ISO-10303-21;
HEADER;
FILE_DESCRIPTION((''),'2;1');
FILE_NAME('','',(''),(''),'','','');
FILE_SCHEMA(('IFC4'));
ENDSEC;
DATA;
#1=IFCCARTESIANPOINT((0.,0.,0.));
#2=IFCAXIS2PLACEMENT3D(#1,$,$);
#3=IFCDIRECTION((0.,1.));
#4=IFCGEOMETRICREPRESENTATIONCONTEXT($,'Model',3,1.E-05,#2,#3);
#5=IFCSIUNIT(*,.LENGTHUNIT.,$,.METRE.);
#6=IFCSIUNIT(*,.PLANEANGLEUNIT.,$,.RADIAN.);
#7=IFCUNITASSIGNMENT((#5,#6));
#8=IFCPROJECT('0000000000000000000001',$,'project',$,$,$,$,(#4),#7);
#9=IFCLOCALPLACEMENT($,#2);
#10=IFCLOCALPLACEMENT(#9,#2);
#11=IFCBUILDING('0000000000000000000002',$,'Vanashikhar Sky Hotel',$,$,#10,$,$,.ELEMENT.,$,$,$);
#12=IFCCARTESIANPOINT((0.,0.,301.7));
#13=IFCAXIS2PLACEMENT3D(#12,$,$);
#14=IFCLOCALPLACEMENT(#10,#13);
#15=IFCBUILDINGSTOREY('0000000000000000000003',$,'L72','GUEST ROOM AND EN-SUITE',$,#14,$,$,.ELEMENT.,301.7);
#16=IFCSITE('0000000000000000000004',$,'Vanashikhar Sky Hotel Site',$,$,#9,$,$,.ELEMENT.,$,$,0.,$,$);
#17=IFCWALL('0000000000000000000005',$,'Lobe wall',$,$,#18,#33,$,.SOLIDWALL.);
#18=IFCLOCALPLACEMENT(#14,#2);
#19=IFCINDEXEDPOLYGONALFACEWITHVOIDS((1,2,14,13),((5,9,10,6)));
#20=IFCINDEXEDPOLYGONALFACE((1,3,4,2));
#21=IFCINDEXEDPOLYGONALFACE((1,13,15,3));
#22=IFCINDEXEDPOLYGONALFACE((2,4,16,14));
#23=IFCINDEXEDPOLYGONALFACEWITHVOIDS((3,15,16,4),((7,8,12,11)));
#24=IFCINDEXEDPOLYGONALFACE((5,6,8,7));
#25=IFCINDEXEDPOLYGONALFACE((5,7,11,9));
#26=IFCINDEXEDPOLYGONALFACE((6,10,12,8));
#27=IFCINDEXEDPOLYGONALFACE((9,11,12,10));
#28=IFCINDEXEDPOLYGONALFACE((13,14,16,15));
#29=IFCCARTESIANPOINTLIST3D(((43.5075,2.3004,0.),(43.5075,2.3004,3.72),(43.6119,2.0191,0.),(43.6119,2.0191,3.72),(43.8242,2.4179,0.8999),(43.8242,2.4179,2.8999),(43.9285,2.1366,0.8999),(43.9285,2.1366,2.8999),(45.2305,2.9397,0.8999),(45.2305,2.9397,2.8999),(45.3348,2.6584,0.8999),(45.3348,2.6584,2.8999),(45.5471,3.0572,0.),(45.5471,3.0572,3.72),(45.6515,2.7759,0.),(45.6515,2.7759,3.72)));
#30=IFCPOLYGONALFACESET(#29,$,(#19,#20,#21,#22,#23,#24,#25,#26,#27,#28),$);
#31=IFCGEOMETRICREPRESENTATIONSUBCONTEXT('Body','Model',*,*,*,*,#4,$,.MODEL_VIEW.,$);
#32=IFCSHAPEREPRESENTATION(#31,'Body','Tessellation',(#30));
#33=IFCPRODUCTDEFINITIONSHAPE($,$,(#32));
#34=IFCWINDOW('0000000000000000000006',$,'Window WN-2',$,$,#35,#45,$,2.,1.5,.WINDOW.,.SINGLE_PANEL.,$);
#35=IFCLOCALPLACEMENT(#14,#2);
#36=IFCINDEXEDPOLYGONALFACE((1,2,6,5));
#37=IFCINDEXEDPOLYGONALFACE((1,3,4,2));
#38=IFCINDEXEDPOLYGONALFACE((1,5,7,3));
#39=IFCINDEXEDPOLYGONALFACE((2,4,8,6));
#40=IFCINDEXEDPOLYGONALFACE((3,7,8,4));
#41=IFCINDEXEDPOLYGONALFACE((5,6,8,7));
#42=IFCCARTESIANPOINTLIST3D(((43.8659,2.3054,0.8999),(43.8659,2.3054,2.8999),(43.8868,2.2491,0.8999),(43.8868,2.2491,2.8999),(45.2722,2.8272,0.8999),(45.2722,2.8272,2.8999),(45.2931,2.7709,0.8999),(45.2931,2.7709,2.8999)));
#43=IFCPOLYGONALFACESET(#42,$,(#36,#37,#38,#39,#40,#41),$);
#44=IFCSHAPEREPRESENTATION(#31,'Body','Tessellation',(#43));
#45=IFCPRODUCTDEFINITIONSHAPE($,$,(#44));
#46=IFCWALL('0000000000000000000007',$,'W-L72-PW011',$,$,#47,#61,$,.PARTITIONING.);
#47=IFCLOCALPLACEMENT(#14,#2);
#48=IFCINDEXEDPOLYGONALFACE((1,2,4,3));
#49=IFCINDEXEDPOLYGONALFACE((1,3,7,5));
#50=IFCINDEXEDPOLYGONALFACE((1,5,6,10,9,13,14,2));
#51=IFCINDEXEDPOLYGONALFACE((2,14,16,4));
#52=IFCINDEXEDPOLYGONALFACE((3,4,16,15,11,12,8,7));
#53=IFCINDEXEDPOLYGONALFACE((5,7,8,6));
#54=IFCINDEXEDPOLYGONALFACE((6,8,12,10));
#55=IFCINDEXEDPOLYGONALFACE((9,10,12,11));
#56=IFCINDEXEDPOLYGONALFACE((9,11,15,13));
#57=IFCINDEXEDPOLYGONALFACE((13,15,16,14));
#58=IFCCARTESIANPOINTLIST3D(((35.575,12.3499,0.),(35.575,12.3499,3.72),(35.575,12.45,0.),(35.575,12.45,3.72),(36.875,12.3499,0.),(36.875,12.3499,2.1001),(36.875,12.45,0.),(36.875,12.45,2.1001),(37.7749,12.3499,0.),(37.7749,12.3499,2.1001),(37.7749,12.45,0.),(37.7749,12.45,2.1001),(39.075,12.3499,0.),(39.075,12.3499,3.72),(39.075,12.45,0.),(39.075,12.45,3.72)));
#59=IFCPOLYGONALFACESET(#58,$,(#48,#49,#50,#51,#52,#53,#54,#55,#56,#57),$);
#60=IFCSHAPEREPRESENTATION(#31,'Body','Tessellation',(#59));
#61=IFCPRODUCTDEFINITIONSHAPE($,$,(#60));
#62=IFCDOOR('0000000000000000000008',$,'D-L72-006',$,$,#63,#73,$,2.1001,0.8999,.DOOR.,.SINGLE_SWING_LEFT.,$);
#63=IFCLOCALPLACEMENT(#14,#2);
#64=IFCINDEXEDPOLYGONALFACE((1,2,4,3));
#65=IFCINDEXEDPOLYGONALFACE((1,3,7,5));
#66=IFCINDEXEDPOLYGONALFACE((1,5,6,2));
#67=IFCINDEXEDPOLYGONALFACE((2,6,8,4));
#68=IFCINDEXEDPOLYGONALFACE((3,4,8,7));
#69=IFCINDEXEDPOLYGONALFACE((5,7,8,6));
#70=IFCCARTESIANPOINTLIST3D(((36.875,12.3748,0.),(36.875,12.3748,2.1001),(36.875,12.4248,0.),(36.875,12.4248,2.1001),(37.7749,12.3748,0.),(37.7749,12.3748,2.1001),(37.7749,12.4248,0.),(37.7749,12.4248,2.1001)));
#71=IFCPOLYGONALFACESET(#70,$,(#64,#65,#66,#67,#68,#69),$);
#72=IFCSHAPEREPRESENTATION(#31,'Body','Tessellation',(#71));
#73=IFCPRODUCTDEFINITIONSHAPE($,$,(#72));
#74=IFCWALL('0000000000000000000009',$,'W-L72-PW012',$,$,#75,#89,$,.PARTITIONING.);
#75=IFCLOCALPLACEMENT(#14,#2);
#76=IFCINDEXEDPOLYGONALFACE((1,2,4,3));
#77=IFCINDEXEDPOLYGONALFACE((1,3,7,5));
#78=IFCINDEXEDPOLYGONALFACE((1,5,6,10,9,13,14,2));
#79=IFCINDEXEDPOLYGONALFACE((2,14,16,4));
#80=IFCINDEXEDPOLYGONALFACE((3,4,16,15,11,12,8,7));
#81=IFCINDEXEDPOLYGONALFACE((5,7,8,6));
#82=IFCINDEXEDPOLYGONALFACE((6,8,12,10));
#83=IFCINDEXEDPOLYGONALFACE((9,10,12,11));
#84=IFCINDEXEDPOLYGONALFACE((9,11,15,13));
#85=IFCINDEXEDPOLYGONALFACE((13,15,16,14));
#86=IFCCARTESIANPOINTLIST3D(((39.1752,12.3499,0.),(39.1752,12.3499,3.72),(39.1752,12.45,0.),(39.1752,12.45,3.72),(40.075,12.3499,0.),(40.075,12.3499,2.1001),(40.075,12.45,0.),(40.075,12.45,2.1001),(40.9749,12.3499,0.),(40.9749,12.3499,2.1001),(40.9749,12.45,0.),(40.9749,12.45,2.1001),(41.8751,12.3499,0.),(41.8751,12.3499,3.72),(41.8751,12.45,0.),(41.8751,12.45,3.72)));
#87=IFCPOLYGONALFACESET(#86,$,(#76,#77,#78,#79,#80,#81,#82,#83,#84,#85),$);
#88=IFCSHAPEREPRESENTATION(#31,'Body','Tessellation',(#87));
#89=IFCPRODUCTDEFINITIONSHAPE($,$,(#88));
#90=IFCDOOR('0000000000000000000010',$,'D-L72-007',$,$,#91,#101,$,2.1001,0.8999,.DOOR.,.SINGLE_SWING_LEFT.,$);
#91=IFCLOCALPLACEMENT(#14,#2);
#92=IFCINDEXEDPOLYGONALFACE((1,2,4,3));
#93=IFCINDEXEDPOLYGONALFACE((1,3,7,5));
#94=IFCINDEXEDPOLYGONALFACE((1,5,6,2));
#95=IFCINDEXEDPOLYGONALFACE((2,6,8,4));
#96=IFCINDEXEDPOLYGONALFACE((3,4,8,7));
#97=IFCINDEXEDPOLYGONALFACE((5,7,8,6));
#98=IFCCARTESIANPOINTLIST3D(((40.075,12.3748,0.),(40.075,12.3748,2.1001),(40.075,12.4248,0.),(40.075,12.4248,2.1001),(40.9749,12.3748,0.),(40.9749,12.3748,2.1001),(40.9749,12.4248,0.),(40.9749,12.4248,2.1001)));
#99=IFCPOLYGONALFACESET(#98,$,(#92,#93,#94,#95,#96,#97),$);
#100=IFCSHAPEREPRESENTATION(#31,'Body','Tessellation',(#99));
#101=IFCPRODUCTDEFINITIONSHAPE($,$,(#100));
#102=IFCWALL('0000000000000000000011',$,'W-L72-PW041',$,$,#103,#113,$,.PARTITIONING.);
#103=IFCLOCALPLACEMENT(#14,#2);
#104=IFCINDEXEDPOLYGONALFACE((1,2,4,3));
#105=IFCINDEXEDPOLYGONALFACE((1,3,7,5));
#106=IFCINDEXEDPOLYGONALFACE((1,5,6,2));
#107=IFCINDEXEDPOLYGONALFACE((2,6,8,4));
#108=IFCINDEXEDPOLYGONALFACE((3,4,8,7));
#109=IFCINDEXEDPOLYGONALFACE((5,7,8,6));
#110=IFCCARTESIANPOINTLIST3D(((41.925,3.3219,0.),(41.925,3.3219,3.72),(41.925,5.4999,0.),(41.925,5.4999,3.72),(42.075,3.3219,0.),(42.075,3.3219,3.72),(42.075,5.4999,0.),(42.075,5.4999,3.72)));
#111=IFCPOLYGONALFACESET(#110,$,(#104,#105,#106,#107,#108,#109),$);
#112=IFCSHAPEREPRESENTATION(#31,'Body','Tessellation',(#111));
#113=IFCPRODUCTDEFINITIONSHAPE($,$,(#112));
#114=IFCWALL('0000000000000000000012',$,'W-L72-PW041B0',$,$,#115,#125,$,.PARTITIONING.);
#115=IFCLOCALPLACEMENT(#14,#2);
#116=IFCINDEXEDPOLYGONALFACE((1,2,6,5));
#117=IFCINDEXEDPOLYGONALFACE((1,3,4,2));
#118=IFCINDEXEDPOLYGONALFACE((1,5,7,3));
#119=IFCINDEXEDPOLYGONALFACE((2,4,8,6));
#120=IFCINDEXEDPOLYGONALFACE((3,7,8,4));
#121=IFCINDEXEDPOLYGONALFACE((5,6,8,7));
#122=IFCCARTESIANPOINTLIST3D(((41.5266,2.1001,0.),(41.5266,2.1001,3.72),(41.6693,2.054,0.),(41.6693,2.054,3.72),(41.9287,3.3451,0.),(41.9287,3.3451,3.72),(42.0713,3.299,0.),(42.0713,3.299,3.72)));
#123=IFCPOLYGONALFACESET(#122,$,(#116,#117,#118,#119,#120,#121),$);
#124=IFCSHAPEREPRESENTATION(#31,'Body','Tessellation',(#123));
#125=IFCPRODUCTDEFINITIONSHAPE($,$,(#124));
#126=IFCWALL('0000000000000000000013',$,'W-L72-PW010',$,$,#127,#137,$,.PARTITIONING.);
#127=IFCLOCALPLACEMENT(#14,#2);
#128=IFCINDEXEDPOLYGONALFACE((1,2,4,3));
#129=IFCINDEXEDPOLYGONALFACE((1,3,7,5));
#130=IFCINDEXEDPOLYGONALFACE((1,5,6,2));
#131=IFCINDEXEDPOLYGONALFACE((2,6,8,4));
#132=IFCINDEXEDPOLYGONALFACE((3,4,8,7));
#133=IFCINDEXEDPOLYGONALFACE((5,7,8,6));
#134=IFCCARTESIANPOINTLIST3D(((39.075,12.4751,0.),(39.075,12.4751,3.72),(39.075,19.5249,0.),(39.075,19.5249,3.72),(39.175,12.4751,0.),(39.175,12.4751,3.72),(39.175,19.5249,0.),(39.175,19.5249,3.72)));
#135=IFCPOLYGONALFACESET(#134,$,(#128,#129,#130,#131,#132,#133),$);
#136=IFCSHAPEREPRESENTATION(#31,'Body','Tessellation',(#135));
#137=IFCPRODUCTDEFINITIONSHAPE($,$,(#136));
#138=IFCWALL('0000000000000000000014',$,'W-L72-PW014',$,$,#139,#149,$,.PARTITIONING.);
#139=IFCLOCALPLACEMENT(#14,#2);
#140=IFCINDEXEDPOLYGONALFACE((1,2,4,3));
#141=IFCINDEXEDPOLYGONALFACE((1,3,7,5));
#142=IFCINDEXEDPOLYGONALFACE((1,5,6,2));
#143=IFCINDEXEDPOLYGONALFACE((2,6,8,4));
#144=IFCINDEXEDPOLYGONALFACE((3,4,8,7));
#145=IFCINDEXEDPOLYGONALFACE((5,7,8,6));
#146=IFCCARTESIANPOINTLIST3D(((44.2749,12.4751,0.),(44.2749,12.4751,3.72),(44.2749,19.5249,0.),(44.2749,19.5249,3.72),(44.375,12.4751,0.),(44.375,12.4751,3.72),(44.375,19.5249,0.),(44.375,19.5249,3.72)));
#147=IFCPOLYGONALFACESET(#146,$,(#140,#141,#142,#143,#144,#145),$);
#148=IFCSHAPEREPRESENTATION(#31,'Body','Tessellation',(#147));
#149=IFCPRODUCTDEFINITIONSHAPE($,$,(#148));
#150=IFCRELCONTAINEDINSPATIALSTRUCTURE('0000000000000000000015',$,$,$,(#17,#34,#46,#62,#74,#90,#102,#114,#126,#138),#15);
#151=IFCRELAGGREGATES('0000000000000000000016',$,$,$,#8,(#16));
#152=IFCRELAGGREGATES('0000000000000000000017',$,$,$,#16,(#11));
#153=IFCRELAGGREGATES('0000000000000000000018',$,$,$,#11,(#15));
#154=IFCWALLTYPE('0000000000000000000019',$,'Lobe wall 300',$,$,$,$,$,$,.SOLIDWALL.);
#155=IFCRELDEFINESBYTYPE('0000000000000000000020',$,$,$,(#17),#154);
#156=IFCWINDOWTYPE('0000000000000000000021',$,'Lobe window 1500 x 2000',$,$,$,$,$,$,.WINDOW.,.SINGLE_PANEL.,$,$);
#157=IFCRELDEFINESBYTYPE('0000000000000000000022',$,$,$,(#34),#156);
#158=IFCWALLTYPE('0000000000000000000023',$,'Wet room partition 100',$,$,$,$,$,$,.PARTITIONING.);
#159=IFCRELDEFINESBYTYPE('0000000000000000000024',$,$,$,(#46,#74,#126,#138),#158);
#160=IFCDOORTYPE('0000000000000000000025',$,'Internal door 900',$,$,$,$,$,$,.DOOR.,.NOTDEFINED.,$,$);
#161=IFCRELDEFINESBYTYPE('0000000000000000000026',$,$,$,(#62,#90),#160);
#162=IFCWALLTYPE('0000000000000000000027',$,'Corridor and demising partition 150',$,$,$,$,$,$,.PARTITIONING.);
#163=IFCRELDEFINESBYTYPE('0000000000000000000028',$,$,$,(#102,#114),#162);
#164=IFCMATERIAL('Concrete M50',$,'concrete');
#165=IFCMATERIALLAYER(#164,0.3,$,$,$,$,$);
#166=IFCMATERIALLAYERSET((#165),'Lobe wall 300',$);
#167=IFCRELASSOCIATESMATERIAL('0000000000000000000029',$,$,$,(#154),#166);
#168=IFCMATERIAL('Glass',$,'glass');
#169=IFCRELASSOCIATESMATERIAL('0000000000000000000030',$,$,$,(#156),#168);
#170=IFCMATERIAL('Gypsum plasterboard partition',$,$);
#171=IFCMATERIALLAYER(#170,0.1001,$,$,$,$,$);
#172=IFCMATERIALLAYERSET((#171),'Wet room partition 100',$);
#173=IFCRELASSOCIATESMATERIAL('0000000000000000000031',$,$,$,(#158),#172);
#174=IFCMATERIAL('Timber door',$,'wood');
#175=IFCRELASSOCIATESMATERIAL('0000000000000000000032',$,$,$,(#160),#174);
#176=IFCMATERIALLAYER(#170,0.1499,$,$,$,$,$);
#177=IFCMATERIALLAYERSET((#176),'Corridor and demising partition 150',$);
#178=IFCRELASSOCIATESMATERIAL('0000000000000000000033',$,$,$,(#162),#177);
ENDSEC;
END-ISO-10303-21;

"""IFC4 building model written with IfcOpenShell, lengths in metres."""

from ifc_helpers import new_model, si_unit, direction, frame, frame_2d, origin, place, context, subcontext, project, spatial, rectangle, extrude, source, transform, mapped, material, layer, layer_set, type_object, element, fill, save


model = new_model("IFC4")

# Units and contexts
model_context = context("Model", 3, precision=1e-05, world=origin(), true_north=direction((0.0, 1.0)))
body_context = subcontext(model_context, "Body", "Model", "MODEL_VIEW")
ifc_project = project(units=[si_unit("LENGTHUNIT", "METRE"), si_unit("PLANEANGLEUNIT", "RADIAN")], contexts=[model_context])

# Site, building, storey
site_placement = place(None, origin())
site = spatial("IfcSite", under=ifc_project, at=site_placement, Name="Vanashikhar Sky Hotel Site", CompositionType="ELEMENT", RefElevation=0.0)
building_placement = place(site_placement, origin())
building = spatial("IfcBuilding", under=site, at=building_placement, Name="Vanashikhar Sky Hotel", CompositionType="ELEMENT")
storey_placement = place(building_placement, frame((0.0, 0.0, 301.7)))
storey = spatial("IfcBuildingStorey", under=building, at=storey_placement, Name="L72", Description="GUEST ROOM AND EN-SUITE", CompositionType="ELEMENT", Elevation=301.7)

# Shared definitions
ifc_material_1 = material(Name="Concrete M50", Category="concrete")

# Wall, opening, window
ifc_layer_1 = layer(ifc_material_1, 0.3)
ifc_layer_set_1 = layer_set([ifc_layer_1], Name="Lobe wall 300")
wall_type_1 = type_object("IfcWallType", Name="Lobe wall 300", PredefinedType="SOLIDWALL", material=ifc_layer_set_1)
shared_shape_1 = source(origin(), body_context, "Body", "SweptSolid", [
    extrude(rectangle(XDim=1.5, YDim=2.0, at=frame_2d((0.75, 1.0))), frame((0.0, 0.1602, 0.0), z_axis=(0.0, -1.0, 0.0), x_axis=(1.0, 0.0, 0.0)), (0.0, 0.0, 1.0), 0.3201),
])
ifc_material_2 = material(Name="Glass", Category="glass")
window_type = type_object("IfcWindowType", Name="Lobe window 1500 x 2000", PartitioningType="SINGLE_PANEL", PredefinedType="WINDOW", material=ifc_material_2)
shared_shape_2 = source(origin(), body_context, "Body", "SweptSolid", [
    extrude(rectangle(XDim=1.5, YDim=2.0, at=frame_2d((0.75, 1.0))), frame((0.0, 0.03, 0.0), z_axis=(0.0, -1.0, 0.0), x_axis=(1.0, 0.0, 0.0)), (0.0, 0.0, 1.0), 0.0601),
])
shared_shape_3 = source(origin(), body_context, "Body", "SweptSolid", [
    extrude(rectangle(XDim=2.1755, YDim=0.3, at=frame_2d((1.0879, 0.0))), origin(), (0.0, 0.0, 1.0), 3.72),
])
wall_1_placement = place(storey_placement, frame((43.5596, 2.1597, 0.0), z_axis=(0.0, 0.0, 1.0), x_axis=(0.937532, 0.347899, 0.0)))
wall_1 = element("IfcWall", 1, at=wall_1_placement, inside=storey, type_object=wall_type_1, Name="Lobe wall", PredefinedType="SOLIDWALL", context=body_context, shape_type="MappedRepresentation", body=[
    mapped(shared_shape_3, transform((0.0, 0.0, 0.0), scale=1.0)),
])
opening_1_placement = place(wall_1_placement, frame((0.3379, 0.0, 0.8999)))
opening_1 = element("IfcOpeningElement", 2, at=opening_1_placement, cuts=wall_1, PredefinedType="OPENING", context=body_context, shape_type="MappedRepresentation", body=[
    mapped(shared_shape_1, transform((0.0, 0.0, 0.0), scale=1.0)),
])
window_1_placement = place(opening_1_placement, origin())
window_1 = element("IfcWindow", 3, at=window_1_placement, inside=storey, type_object=window_type, Name="Window WN-2", OverallHeight=2.0, OverallWidth=1.5, PartitioningType="SINGLE_PANEL", PredefinedType="WINDOW", context=body_context, shape_type="MappedRepresentation", body=[
    mapped(shared_shape_2, transform((0.0, 0.0, 0.0), scale=1.0)),
])
fill(opening_1, window_1)

# Walls, openings, doors
ifc_material_3 = material(Name="Gypsum plasterboard partition")
ifc_layer_2 = layer(ifc_material_3, 0.1001)
ifc_layer_set_2 = layer_set([ifc_layer_2], Name="Wet room partition 100")
wall_type_2 = type_object("IfcWallType", Name="Wet room partition 100", PredefinedType="PARTITIONING", material=ifc_layer_set_2)
shared_shape_4 = source(origin(), body_context, "Body", "SweptSolid", [
    extrude(rectangle(XDim=3.5, YDim=0.1001, at=frame_2d((1.75, 0.0))), origin(), (0.0, 0.0, 1.0), 3.72),
])
wall_2_placement = place(storey_placement, frame((35.575, 12.3999, 0.0), z_axis=(0.0, 0.0, 1.0), x_axis=(1.0, 0.0, 0.0)))
wall_2 = element("IfcWall", 4, at=wall_2_placement, inside=storey, type_object=wall_type_2, Name="W-L72-PW011", PredefinedType="PARTITIONING", context=body_context, shape_type="MappedRepresentation", body=[
    mapped(shared_shape_4, transform((0.0, 0.0, 0.0), scale=1.0)),
])
shared_shape_5 = source(origin(), body_context, "Body", "SweptSolid", [
    extrude(rectangle(XDim=0.8999, YDim=2.1001, at=frame_2d((0.45, 1.05))), frame((0.0, 0.0601, 0.0), z_axis=(0.0, -1.0, 0.0), x_axis=(1.0, 0.0, 0.0)), (0.0, 0.0, 1.0), 0.1201),
])
opening_2_placement = place(wall_2_placement, frame((1.3, 0.0, 0.0)))
opening_2 = element("IfcOpeningElement", 5, at=opening_2_placement, cuts=wall_2, PredefinedType="OPENING", context=body_context, shape_type="MappedRepresentation", body=[
    mapped(shared_shape_5, transform((0.0, 0.0, 0.0), scale=1.0)),
])
ifc_material_4 = material(Name="Timber door", Category="wood")
door_type = type_object("IfcDoorType", Name="Internal door 900", OperationType="NOTDEFINED", PredefinedType="DOOR", material=ifc_material_4)
shared_shape_6 = source(origin(), body_context, "Body", "SweptSolid", [
    extrude(rectangle(XDim=0.8999, YDim=2.1001, at=frame_2d((0.45, 1.05))), frame((0.0, 0.0249, 0.0), z_axis=(0.0, -1.0, 0.0), x_axis=(1.0, 0.0, 0.0)), (0.0, 0.0, 1.0), 0.05),
])
door_1_placement = place(opening_2_placement, origin())
door_1 = element("IfcDoor", 6, at=door_1_placement, inside=storey, type_object=door_type, Name="D-L72-006", OperationType="SINGLE_SWING_LEFT", OverallHeight=2.1001, OverallWidth=0.8999, PredefinedType="DOOR", context=body_context, shape_type="MappedRepresentation", body=[
    mapped(shared_shape_6, transform((0.0, 0.0, 0.0), scale=1.0)),
])
fill(opening_2, door_1)
shared_shape_7 = source(origin(), body_context, "Body", "SweptSolid", [
    extrude(rectangle(XDim=2.7, YDim=0.1001, at=frame_2d((1.3501, 0.0))), origin(), (0.0, 0.0, 1.0), 3.72),
])
wall_3_placement = place(storey_placement, frame((39.175, 12.3999, 0.0), z_axis=(0.0, 0.0, 1.0), x_axis=(1.0, 0.0, 0.0)))
wall_3 = element("IfcWall", 7, at=wall_3_placement, inside=storey, type_object=wall_type_2, Name="W-L72-PW012", PredefinedType="PARTITIONING", context=body_context, shape_type="MappedRepresentation", body=[
    mapped(shared_shape_7, transform((0.0, 0.0, 0.0), scale=1.0)),
])
opening_3_placement = place(wall_3_placement, frame((0.8999, 0.0, 0.0)))
opening_3 = element("IfcOpeningElement", 8, at=opening_3_placement, cuts=wall_3, PredefinedType="OPENING", context=body_context, shape_type="MappedRepresentation", body=[
    mapped(shared_shape_5, transform((0.0, 0.0, 0.0), scale=1.0)),
])
door_2_placement = place(opening_3_placement, origin())
door_2 = element("IfcDoor", 9, at=door_2_placement, inside=storey, type_object=door_type, Name="D-L72-007", OperationType="SINGLE_SWING_LEFT", OverallHeight=2.1001, OverallWidth=0.8999, PredefinedType="DOOR", context=body_context, shape_type="MappedRepresentation", body=[
    mapped(shared_shape_6, transform((0.0, 0.0, 0.0), scale=1.0)),
])
fill(opening_3, door_2)

# Walls
ifc_layer_3 = layer(ifc_material_3, 0.1499)
ifc_layer_set_3 = layer_set([ifc_layer_3], Name="Corridor and demising partition 150")
wall_type_3 = type_object("IfcWallType", Name="Corridor and demising partition 150", PredefinedType="PARTITIONING", material=ifc_layer_set_3)
shared_shape_8 = source(origin(), body_context, "Body", "SweptSolid", [
    extrude(rectangle(XDim=2.178, YDim=0.1499, at=frame_2d((1.0889, 0.0))), origin(), (0.0, 0.0, 1.0), 3.72),
])
wall_4_placement = place(storey_placement, frame((42.0, 3.322, 0.0), z_axis=(0.0, 0.0, 1.0), x_axis=(0.0, 1.0, 0.0)))
element("IfcWall", 10, at=wall_4_placement, inside=storey, type_object=wall_type_3, Name="W-L72-PW041", PredefinedType="PARTITIONING", context=body_context, shape_type="MappedRepresentation", body=[
    mapped(shared_shape_8, transform((0.0, 0.0, 0.0), scale=1.0)),
])
shared_shape_9 = source(origin(), body_context, "Body", "SweptSolid", [
    extrude(rectangle(XDim=1.3083, YDim=0.1499, at=frame_2d((0.6543, 0.0))), origin(), (0.0, 0.0, 1.0), 3.72),
])
wall_5_placement = place(storey_placement, frame((41.5979, 2.0769, 0.0), z_axis=(0.0, 0.0, 1.0), x_axis=(0.307314, 0.951608, 0.0)))
element("IfcWall", 11, at=wall_5_placement, inside=storey, type_object=wall_type_3, Name="W-L72-PW041B0", PredefinedType="PARTITIONING", context=body_context, shape_type="MappedRepresentation", body=[
    mapped(shared_shape_9, transform((0.0, 0.0, 0.0), scale=1.0)),
])
shared_shape_10 = source(origin(), body_context, "Body", "SweptSolid", [
    extrude(rectangle(XDim=7.0498, YDim=0.1001, at=frame_2d((3.5249, 0.0))), origin(), (0.0, 0.0, 1.0), 3.72),
])
for number, where, z_axis, x_axis, name in (
    (12, (39.125, 12.4751, 0.0), (0.0, 0.0, 1.0), (0.0, 1.0, 0.0), "W-L72-PW010"),
    (13, (44.325, 12.4751, 0.0), (0.0, 0.0, 1.0), (0.0, 1.0, 0.0), "W-L72-PW014"),
):
    element("IfcWall", number, at=place(storey_placement, frame(where, z_axis=z_axis, x_axis=x_axis)), inside=storey, type_object=wall_type_2, Name=name, PredefinedType="PARTITIONING", context=body_context, shape_type="MappedRepresentation", body=[
        mapped(shared_shape_10, transform((0.0, 0.0, 0.0), scale=1.0)),
    ])

save(model, "model.ifc")
